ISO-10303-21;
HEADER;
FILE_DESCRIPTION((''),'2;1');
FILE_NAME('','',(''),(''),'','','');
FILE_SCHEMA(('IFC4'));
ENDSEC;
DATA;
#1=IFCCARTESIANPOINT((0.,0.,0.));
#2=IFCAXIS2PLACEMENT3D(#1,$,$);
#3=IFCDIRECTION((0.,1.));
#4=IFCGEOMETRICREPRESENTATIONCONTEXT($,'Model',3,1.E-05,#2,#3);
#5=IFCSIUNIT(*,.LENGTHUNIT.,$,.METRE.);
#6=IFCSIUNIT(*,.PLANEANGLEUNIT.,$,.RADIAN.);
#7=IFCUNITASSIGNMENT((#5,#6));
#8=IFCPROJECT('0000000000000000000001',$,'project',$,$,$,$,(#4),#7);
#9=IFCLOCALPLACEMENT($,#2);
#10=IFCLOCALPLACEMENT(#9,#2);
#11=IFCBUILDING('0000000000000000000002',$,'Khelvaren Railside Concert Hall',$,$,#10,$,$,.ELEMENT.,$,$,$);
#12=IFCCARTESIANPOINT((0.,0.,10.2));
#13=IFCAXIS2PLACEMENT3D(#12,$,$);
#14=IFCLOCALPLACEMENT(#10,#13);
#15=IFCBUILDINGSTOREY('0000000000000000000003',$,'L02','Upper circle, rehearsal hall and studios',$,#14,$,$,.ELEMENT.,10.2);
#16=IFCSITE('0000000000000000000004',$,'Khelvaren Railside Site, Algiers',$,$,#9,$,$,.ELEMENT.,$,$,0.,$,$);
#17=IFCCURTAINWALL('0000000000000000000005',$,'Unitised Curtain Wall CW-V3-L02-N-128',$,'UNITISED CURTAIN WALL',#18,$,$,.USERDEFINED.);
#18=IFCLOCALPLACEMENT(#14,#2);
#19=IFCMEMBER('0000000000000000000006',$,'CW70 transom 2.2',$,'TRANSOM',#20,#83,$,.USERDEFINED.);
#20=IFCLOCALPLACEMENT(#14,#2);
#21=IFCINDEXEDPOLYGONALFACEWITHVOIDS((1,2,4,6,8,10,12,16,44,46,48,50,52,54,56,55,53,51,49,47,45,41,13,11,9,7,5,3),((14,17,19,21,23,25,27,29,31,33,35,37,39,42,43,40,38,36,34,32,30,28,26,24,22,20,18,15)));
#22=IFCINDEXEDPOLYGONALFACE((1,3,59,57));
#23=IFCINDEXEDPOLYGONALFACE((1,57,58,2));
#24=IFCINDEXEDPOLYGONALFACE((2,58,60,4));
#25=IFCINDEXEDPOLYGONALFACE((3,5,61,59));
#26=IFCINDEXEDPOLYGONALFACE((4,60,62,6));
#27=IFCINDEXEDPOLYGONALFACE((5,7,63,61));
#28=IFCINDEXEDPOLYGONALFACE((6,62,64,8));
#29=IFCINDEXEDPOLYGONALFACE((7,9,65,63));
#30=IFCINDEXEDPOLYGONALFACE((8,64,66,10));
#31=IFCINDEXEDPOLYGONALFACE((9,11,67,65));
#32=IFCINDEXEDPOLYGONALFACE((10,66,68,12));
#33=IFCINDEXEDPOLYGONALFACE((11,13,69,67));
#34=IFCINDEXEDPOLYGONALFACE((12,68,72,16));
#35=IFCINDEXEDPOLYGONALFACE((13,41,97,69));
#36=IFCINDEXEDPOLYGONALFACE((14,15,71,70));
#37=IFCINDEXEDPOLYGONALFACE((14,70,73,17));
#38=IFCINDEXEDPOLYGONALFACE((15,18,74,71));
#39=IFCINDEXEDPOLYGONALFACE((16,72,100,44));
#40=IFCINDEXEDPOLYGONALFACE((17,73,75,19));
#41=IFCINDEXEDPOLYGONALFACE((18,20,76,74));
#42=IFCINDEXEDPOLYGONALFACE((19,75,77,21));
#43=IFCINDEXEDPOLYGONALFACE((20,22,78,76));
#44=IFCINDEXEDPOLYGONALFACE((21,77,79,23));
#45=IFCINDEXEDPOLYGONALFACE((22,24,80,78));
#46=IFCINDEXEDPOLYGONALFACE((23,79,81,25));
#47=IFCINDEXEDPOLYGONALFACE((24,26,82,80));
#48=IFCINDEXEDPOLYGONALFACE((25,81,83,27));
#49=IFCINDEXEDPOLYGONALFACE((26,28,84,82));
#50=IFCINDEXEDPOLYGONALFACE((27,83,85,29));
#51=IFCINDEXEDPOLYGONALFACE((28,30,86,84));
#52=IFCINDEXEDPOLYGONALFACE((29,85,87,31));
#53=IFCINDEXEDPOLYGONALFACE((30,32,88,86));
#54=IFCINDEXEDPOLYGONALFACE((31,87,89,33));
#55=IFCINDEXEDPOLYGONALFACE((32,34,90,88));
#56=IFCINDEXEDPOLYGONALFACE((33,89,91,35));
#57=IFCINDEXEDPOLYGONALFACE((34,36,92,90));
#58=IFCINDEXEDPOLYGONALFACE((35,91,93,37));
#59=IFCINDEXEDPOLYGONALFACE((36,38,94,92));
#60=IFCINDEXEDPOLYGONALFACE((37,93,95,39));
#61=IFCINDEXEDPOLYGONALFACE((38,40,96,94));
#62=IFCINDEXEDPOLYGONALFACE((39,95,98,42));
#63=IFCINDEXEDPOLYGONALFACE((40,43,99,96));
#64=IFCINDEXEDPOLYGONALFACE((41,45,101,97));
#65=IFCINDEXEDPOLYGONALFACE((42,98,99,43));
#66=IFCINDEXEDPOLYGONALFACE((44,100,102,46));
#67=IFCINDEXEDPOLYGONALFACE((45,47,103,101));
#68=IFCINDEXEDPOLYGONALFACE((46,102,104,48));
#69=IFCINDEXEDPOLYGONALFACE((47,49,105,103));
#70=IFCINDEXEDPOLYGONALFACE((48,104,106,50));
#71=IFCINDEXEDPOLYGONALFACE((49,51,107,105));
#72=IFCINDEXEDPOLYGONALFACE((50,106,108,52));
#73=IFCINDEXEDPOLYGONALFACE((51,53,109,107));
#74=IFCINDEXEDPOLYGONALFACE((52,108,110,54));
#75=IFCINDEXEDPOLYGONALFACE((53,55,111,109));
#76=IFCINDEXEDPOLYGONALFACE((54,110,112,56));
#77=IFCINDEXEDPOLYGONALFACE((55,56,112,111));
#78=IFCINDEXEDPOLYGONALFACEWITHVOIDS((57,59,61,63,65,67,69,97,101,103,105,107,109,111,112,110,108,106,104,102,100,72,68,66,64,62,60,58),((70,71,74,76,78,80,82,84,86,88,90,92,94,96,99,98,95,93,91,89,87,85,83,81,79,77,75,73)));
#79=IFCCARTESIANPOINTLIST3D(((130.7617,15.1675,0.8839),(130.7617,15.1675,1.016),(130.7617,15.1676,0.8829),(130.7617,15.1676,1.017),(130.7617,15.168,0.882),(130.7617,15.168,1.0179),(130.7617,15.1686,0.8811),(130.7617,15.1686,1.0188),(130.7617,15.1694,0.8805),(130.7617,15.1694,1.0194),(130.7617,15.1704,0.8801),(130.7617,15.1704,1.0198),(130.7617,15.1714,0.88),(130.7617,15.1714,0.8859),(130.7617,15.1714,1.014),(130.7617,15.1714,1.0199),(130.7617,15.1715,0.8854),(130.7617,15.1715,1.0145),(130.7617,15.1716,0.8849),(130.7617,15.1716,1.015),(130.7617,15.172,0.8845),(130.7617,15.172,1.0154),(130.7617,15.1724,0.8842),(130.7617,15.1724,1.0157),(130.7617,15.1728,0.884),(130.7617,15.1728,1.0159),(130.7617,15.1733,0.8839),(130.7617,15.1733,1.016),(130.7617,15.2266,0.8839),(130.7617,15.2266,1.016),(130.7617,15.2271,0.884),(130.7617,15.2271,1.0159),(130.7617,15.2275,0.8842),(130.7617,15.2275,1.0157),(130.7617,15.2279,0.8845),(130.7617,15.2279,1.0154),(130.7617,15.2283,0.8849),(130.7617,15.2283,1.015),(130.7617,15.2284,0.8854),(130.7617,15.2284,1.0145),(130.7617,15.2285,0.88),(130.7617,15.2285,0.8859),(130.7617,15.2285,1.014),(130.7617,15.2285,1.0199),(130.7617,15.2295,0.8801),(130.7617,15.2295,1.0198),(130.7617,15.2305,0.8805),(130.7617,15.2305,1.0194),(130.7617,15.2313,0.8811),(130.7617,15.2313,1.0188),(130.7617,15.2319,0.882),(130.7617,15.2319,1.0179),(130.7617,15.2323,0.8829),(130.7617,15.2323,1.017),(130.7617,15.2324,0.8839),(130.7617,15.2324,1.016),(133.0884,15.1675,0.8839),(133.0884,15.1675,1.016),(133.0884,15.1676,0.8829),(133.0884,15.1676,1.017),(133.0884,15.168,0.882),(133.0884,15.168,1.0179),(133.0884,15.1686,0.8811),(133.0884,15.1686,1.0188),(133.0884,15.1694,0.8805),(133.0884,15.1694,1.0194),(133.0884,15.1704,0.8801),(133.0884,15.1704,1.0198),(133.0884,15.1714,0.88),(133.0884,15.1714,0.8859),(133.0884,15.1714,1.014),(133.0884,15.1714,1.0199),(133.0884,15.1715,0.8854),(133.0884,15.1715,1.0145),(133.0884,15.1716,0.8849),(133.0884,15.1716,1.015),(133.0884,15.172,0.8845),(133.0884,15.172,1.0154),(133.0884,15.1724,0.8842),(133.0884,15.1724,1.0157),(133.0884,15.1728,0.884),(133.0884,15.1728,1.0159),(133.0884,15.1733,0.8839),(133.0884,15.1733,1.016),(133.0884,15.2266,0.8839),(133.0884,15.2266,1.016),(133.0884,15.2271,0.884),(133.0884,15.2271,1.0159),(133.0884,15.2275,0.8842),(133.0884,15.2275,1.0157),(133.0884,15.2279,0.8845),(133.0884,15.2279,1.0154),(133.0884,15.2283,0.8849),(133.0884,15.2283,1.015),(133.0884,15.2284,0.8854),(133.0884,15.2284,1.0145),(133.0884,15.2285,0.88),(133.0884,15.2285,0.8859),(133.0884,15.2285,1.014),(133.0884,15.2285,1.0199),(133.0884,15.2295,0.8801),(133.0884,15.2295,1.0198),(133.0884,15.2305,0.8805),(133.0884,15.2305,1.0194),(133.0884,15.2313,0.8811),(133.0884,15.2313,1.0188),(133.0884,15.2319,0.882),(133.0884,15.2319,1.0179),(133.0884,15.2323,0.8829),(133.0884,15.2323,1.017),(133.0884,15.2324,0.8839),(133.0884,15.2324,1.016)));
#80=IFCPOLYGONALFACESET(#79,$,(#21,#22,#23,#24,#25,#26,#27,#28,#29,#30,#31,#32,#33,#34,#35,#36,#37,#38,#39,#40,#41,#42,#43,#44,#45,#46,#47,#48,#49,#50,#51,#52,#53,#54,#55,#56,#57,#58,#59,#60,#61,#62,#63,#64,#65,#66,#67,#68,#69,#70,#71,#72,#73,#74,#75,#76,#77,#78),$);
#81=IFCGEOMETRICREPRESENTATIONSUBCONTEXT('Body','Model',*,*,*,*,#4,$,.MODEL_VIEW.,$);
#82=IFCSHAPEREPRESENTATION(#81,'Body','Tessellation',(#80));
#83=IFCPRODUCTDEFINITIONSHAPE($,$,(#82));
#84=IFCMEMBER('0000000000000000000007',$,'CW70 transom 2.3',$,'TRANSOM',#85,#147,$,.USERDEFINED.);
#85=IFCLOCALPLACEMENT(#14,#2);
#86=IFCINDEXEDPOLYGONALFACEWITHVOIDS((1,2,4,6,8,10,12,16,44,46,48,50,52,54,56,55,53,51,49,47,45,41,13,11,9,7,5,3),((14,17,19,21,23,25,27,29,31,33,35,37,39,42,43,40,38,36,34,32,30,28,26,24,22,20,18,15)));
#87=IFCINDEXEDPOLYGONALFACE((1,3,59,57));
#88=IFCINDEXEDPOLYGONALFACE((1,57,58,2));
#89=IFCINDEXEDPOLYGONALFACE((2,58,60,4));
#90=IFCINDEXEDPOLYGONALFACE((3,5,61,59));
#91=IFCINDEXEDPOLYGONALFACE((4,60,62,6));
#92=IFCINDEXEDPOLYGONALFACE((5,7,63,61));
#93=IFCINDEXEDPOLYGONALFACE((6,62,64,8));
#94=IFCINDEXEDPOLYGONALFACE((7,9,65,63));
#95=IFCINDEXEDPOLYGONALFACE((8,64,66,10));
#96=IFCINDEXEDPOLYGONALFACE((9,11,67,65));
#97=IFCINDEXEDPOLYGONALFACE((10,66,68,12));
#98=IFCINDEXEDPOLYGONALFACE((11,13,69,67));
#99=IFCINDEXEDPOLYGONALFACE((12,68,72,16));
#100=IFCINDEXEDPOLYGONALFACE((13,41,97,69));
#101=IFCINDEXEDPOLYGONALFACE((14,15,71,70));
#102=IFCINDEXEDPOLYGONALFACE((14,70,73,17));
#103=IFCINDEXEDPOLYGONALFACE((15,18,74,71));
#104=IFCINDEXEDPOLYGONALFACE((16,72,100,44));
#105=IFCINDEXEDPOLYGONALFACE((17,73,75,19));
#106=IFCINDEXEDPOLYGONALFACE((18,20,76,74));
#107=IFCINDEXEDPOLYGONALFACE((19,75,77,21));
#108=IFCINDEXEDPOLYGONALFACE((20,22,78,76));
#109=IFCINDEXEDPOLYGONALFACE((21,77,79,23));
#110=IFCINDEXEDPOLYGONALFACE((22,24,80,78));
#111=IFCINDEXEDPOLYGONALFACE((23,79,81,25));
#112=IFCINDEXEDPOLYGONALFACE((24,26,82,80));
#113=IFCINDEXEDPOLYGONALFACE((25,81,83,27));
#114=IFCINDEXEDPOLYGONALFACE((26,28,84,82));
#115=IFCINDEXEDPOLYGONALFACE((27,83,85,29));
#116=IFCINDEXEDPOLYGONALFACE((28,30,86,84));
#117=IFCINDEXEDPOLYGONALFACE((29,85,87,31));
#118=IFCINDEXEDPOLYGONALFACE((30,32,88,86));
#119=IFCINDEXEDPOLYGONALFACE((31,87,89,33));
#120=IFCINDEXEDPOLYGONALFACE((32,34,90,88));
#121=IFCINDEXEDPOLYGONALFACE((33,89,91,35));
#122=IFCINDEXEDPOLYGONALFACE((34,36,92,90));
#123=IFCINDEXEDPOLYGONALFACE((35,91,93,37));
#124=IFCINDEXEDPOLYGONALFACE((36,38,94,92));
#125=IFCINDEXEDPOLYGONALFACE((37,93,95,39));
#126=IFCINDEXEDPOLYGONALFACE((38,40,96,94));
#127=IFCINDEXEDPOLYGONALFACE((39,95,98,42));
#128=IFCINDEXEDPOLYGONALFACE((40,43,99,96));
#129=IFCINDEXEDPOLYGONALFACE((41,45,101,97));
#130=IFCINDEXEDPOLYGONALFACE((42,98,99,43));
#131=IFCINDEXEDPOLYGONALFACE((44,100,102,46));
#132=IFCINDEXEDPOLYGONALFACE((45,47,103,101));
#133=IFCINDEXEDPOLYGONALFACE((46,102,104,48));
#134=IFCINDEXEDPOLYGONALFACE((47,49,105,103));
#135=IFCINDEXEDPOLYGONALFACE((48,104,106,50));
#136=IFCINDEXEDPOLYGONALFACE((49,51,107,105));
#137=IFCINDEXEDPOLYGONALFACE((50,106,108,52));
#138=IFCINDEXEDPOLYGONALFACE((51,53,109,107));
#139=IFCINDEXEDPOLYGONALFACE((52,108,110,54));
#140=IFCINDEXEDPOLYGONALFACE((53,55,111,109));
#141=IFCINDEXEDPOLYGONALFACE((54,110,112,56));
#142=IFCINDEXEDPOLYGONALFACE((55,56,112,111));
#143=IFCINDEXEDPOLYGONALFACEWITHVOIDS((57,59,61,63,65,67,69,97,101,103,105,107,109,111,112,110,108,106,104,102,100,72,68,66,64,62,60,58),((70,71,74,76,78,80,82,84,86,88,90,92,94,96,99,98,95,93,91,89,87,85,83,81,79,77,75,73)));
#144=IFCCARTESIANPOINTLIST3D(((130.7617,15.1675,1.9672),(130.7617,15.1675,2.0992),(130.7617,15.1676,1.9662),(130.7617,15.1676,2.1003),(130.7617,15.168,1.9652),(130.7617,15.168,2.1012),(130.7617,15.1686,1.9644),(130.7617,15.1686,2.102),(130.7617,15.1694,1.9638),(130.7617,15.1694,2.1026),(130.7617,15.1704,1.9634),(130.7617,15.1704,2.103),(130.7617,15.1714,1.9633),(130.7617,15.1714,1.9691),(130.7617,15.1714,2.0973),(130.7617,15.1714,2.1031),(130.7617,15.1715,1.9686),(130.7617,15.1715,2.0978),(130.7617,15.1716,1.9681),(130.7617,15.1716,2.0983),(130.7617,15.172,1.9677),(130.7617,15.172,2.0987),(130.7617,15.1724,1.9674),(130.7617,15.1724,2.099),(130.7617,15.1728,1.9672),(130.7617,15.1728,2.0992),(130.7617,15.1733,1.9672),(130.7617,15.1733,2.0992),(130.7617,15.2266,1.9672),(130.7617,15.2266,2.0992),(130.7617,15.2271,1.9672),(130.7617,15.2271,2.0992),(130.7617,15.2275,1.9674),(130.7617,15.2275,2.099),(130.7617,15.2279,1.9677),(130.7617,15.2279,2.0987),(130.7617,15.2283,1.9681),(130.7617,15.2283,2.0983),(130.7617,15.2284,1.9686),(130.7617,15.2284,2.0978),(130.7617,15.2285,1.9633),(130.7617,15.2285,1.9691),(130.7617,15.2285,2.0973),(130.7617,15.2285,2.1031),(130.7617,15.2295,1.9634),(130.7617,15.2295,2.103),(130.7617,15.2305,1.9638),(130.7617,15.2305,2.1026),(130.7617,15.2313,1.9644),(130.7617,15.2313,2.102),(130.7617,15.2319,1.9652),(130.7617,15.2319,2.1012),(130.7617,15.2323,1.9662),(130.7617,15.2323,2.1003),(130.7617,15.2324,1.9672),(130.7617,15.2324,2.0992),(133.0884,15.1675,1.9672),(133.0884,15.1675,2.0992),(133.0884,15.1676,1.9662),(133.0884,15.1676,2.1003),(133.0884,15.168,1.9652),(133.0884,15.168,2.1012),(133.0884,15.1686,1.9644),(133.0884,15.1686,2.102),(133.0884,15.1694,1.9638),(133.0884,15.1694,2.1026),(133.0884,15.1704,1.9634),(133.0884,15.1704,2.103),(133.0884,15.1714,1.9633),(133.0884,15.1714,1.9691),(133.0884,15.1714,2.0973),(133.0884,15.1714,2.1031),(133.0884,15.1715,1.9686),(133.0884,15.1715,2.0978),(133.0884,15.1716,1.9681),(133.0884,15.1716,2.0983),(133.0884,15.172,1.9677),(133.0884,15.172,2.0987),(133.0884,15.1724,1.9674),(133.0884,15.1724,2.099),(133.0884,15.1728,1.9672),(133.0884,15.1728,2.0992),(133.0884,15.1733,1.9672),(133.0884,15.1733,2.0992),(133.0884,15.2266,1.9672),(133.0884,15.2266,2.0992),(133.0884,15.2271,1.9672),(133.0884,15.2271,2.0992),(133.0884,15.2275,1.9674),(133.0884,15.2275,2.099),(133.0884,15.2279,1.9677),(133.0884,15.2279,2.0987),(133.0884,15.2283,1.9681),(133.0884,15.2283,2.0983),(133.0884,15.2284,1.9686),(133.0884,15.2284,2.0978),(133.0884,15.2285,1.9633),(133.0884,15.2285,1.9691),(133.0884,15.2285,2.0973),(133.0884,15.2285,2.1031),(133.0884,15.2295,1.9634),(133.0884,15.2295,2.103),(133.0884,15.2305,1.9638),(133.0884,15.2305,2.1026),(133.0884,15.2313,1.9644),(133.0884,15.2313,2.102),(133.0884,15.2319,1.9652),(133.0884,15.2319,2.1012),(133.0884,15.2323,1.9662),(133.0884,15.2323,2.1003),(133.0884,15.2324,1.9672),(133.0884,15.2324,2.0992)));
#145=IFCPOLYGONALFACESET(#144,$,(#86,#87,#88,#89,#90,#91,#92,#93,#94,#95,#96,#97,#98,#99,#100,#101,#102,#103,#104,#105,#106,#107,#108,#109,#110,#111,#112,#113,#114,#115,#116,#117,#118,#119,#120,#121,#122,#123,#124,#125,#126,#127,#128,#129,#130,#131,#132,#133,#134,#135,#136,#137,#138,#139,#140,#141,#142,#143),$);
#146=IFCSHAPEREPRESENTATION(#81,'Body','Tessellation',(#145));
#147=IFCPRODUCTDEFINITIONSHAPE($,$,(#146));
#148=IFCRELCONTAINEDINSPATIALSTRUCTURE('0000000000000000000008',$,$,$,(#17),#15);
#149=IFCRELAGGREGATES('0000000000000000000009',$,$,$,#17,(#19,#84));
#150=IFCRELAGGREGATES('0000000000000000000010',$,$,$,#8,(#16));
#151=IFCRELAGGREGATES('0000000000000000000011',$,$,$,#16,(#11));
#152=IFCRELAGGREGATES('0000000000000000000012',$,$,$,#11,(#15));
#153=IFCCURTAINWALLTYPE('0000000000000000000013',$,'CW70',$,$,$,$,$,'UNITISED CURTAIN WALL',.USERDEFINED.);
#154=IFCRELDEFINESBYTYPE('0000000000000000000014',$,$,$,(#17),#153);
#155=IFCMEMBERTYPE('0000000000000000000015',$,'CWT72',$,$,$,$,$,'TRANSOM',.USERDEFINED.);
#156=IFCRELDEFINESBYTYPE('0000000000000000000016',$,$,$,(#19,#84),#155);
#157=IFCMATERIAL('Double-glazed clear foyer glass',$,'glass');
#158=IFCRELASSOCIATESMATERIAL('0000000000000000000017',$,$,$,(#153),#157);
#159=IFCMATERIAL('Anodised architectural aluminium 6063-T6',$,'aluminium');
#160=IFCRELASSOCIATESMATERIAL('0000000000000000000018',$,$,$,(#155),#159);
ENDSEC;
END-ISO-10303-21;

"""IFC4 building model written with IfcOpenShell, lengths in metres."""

from ifc_helpers import new_model, si_unit, direction, frame, origin, origin_2d, place, context, subcontext, project, spatial, hollow_rectangle, extrude, material, material_profile, profile_set, type_object, element, aggregate, save


model = new_model("IFC4")

# Units and contexts
model_context = context("Model", 3, precision=1e-05, world=origin(), true_north=direction((0.0, 1.0)))
body_context = subcontext(model_context, "Body", "Model", "MODEL_VIEW")
ifc_project = project(units=[si_unit("LENGTHUNIT", "METRE"), si_unit("PLANEANGLEUNIT", "RADIAN")], contexts=[model_context])

# Site, building, storey
site_placement = place(None, origin())
site = spatial("IfcSite", under=ifc_project, at=site_placement, Name="Khelvaren Railside Site, Algiers", CompositionType="ELEMENT", RefElevation=0.0)
building_placement = place(site_placement, origin())
building = spatial("IfcBuilding", under=site, at=building_placement, Name="Khelvaren Railside Concert Hall", CompositionType="ELEMENT")
storey_placement = place(building_placement, frame((0.0, 0.0, 10.2)))
storey = spatial("IfcBuildingStorey", under=building, at=storey_placement, Name="L02", Description="Upper circle, rehearsal hall and studios", CompositionType="ELEMENT", Elevation=10.2)

# Curtain wall, members
ifc_material_1 = material(Name="Double-glazed clear foyer glass", Category="glass")
curtain_wall_type = type_object("IfcCurtainWallType", Name="CW70", ElementType="UNITISED CURTAIN WALL", PredefinedType="USERDEFINED", material=ifc_material_1)
curtain_wall_placement = place(storey_placement, origin())
curtain_wall = element("IfcCurtainWall", 1, at=curtain_wall_placement, inside=storey, type_object=curtain_wall_type, Name="Unitised Curtain Wall CW-V3-L02-N-128", ObjectType="UNITISED CURTAIN WALL", PredefinedType="USERDEFINED")
ifc_material_2 = material(Name="Anodised architectural aluminium 6063-T6", Category="aluminium")
ifc_material_profile_1 = material_profile(ifc_material_2, hollow_rectangle(XDim=0.0649, YDim=0.1399, WallThickness=0.0039, InnerFilletRadius=0.002, OuterFilletRadius=0.0039, at=origin_2d()), Name="CWT 65x140x4")
ifc_profile_set_1 = profile_set([ifc_material_profile_1], Name="Anodised architectural aluminium 6063-T6")
member_type_1 = type_object("IfcMemberType", Name="CWT72", ElementType="TRANSOM", PredefinedType="USERDEFINED", material=ifc_profile_set_1)
member_1_placement = place(storey_placement, frame((130.7617, 15.2, 0.95), z_axis=(1.0, 0.0, 0.0), x_axis=(0.0, 1.0, 0.0)))
member_1 = element("IfcMember", 2, at=member_1_placement, type_object=member_type_1, Name="CW70 transom 2.2", ObjectType="TRANSOM", PredefinedType="USERDEFINED", context=body_context, shape_type="SweptSolid", body=[
    extrude(hollow_rectangle(XDim=0.0649, YDim=0.1399, WallThickness=0.0039, InnerFilletRadius=0.002, OuterFilletRadius=0.0039, at=origin_2d()), origin(), (0.0, 0.0, 1.0), 2.3267),
])
member_2_placement = place(storey_placement, frame((130.7617, 15.2, 2.0332), z_axis=(1.0, 0.0, 0.0), x_axis=(0.0, 1.0, 0.0)))
member_2 = element("IfcMember", 3, at=member_2_placement, type_object=member_type_1, Name="CW70 transom 2.3", ObjectType="TRANSOM", PredefinedType="USERDEFINED", context=body_context, shape_type="SweptSolid", body=[
    extrude(hollow_rectangle(XDim=0.0649, YDim=0.1399, WallThickness=0.0039, InnerFilletRadius=0.002, OuterFilletRadius=0.0039, at=origin_2d()), origin(), (0.0, 0.0, 1.0), 2.3267),
])

aggregate(curtain_wall, [member_1, member_2])

save(model, "model.ifc")
